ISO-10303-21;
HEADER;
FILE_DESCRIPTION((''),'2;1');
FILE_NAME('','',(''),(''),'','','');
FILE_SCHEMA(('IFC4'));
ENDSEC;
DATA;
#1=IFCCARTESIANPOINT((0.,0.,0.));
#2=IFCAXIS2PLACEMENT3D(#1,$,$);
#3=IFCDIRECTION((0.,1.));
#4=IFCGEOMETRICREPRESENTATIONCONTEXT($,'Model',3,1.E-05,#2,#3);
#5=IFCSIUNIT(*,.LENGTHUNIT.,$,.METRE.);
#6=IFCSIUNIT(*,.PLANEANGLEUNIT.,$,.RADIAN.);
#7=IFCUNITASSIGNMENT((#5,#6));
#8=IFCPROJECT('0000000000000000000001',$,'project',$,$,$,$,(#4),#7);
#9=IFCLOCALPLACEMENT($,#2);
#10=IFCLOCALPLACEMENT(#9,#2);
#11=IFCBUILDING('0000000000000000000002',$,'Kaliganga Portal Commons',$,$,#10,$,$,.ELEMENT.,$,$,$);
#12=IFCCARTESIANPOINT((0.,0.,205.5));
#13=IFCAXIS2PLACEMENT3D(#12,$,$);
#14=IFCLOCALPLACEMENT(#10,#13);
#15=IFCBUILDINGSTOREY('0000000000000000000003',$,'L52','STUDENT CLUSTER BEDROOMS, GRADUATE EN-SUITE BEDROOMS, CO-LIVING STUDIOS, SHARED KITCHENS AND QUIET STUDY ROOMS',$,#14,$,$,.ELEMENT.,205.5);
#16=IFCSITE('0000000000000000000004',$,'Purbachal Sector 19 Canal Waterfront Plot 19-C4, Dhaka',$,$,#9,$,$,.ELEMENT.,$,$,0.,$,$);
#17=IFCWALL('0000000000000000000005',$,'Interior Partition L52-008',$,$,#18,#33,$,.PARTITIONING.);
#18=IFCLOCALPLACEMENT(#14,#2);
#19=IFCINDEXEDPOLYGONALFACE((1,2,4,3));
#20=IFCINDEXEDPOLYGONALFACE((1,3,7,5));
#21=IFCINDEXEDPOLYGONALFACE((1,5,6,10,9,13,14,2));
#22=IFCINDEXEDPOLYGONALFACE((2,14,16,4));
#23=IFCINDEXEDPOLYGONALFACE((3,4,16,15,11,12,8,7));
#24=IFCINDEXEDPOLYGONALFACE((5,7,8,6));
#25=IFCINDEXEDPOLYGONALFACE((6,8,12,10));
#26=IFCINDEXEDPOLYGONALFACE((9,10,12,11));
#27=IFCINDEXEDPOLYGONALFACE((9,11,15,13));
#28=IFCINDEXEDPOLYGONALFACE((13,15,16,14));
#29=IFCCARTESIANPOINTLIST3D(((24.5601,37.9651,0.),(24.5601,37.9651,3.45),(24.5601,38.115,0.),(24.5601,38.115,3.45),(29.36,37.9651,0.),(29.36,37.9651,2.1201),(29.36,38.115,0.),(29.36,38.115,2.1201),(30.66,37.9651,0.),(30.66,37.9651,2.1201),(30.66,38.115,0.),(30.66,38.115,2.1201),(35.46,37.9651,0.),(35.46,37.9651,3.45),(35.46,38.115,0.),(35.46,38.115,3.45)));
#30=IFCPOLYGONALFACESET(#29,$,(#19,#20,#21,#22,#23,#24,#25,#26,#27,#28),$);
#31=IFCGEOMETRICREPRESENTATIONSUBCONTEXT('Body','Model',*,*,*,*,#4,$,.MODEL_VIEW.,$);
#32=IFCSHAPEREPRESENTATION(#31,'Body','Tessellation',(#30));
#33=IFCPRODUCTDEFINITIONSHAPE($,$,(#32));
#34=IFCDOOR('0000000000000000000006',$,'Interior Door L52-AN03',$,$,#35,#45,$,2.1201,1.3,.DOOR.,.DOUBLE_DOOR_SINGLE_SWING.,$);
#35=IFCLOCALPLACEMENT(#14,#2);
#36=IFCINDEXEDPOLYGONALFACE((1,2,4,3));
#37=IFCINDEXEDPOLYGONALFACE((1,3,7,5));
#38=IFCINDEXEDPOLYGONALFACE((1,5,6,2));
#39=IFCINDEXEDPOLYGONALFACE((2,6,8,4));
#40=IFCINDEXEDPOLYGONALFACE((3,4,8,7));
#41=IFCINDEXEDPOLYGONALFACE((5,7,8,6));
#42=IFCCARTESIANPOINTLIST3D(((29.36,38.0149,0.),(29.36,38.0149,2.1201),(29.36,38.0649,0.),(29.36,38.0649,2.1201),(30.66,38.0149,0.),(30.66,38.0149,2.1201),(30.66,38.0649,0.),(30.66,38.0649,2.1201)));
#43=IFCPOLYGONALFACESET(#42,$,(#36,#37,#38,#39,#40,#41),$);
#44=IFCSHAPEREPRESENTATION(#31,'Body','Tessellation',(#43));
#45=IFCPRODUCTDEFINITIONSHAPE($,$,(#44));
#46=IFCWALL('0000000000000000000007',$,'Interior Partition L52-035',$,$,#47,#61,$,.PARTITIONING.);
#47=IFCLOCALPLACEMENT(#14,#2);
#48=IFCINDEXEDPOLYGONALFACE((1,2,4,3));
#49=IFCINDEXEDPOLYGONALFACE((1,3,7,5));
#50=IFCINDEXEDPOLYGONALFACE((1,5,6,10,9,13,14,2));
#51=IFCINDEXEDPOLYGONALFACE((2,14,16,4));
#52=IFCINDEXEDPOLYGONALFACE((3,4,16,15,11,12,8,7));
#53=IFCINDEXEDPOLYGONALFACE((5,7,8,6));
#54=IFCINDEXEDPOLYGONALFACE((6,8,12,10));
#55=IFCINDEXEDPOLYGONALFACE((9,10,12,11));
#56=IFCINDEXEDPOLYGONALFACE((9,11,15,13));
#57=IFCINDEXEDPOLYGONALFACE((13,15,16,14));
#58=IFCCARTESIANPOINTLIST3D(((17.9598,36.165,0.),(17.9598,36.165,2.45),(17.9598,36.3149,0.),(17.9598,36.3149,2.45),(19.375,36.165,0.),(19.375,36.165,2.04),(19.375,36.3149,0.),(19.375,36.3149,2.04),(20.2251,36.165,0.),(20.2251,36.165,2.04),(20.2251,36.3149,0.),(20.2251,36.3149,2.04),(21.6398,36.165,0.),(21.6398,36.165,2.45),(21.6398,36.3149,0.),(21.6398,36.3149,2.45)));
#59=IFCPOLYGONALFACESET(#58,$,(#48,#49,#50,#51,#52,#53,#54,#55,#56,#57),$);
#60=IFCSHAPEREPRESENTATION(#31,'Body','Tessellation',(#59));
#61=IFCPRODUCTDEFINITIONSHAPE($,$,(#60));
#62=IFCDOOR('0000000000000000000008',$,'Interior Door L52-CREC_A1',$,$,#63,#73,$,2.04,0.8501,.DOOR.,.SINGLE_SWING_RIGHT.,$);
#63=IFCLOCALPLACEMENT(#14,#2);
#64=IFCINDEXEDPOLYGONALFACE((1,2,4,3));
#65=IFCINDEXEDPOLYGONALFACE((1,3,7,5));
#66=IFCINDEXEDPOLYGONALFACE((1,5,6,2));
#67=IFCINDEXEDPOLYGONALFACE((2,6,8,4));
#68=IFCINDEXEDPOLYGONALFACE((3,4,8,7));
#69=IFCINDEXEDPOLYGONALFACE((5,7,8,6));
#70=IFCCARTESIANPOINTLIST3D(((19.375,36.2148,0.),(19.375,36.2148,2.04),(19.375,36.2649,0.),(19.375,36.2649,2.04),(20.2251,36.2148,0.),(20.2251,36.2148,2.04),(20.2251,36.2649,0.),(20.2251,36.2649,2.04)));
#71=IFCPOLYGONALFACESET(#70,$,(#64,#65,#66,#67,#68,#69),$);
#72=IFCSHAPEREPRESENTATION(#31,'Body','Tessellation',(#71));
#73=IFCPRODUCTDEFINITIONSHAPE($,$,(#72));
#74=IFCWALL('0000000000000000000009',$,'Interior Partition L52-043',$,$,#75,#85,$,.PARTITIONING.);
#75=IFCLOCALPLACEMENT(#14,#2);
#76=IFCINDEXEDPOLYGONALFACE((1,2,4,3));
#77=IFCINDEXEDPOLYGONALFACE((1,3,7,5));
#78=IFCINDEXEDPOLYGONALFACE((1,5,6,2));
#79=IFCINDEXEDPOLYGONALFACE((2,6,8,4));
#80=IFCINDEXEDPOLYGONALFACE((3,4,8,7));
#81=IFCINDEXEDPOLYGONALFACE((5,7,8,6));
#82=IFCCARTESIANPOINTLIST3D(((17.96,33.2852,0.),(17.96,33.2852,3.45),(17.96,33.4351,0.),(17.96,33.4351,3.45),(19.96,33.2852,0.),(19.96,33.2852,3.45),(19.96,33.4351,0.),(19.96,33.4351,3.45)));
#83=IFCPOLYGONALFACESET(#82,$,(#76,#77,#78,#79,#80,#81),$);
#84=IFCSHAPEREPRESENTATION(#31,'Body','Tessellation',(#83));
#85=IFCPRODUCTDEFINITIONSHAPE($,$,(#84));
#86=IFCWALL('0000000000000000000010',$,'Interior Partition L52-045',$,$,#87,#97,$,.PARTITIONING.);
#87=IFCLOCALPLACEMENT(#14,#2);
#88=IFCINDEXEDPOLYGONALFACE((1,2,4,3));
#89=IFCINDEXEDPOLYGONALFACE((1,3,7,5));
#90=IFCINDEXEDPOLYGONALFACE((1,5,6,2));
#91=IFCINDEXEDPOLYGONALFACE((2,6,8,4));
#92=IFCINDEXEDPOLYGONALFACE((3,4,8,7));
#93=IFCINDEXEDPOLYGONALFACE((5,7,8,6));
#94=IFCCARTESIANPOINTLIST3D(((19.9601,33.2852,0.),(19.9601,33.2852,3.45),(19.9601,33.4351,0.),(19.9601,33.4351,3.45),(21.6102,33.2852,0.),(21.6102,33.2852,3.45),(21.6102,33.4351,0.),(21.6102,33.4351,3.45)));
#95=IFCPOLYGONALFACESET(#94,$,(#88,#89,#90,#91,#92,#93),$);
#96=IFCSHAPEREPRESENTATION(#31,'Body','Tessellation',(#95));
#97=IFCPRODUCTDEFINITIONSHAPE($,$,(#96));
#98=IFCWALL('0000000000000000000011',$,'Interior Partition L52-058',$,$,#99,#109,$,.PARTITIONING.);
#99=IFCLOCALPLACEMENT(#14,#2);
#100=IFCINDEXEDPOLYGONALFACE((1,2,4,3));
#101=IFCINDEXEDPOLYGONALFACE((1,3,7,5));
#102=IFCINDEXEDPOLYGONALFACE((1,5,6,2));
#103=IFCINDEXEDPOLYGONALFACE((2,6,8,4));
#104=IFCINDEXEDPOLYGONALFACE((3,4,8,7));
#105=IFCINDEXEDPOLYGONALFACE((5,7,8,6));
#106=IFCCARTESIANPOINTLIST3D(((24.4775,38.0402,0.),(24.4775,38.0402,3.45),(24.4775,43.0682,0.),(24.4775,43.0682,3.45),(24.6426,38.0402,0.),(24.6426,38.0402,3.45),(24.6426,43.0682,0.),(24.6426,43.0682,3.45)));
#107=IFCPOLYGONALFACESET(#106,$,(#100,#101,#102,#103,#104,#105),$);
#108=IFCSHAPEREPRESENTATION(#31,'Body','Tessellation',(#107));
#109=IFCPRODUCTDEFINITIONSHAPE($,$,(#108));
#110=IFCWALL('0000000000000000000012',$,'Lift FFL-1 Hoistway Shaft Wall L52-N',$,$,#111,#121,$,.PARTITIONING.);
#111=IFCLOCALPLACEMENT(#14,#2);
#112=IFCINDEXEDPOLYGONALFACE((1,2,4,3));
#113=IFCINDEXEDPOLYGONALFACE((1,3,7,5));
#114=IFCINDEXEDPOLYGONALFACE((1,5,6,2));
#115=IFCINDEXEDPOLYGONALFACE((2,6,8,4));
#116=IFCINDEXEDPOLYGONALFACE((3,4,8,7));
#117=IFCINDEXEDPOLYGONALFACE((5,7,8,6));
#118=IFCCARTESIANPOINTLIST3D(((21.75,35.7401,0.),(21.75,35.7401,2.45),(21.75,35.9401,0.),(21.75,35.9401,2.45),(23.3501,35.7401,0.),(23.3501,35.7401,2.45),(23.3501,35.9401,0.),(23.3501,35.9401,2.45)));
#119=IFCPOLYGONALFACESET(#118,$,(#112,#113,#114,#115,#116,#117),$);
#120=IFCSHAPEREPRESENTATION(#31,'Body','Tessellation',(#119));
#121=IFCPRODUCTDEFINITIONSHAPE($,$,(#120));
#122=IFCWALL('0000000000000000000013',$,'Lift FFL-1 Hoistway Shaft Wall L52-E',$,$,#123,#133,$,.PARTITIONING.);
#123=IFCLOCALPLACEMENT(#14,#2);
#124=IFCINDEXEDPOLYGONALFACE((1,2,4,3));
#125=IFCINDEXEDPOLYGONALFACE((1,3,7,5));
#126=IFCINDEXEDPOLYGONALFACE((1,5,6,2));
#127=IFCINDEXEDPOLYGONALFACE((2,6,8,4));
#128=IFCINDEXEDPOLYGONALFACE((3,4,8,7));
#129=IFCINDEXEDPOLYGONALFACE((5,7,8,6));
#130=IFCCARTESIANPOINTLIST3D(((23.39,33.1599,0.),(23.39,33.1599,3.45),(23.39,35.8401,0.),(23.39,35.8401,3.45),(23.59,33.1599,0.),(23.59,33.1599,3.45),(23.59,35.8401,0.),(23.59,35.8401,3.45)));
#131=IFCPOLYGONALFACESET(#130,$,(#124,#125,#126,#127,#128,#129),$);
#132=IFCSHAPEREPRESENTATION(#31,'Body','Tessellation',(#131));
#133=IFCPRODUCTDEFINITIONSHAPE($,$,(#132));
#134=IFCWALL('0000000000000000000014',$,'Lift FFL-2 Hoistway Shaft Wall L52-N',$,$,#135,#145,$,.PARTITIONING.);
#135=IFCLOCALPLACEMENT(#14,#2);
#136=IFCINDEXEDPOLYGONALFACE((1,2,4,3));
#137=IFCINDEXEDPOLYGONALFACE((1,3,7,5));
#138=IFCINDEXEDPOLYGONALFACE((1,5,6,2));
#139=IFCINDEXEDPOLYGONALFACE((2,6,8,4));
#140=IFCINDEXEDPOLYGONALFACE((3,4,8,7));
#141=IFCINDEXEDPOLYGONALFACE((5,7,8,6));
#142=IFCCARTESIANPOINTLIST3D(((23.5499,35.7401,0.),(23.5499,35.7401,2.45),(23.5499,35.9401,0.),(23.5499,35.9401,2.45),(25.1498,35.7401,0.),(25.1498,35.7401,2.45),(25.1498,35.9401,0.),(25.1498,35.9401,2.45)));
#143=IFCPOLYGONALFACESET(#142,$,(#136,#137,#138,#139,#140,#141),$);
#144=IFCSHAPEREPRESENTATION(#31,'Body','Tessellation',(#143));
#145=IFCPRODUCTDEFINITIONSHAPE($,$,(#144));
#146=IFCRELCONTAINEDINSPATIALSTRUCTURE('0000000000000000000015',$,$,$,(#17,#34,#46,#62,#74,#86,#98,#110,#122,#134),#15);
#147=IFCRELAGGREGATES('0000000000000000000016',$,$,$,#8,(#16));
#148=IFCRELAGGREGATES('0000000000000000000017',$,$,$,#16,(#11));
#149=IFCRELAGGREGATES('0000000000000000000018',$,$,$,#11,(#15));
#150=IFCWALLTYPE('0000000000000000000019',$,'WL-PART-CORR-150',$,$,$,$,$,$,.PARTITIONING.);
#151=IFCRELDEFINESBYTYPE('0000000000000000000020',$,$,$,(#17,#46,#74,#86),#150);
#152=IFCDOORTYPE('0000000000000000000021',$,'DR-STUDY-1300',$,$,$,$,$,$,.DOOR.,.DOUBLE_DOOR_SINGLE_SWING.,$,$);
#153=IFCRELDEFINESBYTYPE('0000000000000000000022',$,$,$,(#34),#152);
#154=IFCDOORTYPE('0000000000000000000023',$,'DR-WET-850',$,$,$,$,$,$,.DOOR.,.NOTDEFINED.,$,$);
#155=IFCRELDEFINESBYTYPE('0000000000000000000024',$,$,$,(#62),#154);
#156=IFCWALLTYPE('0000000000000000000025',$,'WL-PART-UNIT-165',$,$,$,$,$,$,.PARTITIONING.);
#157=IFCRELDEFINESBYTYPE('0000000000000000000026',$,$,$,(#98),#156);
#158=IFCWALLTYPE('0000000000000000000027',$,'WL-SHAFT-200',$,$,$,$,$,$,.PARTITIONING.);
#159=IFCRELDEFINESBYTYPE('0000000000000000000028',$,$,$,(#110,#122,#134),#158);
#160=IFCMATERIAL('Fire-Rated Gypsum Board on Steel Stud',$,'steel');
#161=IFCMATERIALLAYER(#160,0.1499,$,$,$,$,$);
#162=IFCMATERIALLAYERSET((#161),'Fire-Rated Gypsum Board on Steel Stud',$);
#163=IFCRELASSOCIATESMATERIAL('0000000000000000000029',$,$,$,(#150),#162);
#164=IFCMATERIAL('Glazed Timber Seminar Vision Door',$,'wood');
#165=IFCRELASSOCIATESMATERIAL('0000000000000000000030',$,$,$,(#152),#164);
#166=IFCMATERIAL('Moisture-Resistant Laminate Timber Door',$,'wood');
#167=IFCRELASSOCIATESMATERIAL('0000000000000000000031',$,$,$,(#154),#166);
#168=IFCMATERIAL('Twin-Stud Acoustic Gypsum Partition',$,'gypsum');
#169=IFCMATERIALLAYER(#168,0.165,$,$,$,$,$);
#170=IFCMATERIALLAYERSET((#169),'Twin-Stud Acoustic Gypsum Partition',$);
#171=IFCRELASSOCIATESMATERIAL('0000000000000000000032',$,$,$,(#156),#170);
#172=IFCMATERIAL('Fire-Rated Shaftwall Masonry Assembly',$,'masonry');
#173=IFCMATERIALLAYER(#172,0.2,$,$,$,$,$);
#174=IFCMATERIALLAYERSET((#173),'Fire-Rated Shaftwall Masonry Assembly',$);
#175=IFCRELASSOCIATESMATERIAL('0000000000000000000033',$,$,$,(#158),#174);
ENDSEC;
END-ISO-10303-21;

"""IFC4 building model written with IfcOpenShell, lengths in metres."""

from ifc_helpers import new_model, si_unit, direction, frame, frame_2d, origin, place, context, subcontext, project, spatial, rectangle, extrude, material, layer, layer_set, type_object, element, fill, save


model = new_model("IFC4")

# Units and contexts
model_context = context("Model", 3, precision=1e-05, world=origin(), true_north=direction((0.0, 1.0)))
body_context = subcontext(model_context, "Body", "Model", "MODEL_VIEW")
ifc_project = project(units=[si_unit("LENGTHUNIT", "METRE"), si_unit("PLANEANGLEUNIT", "RADIAN")], contexts=[model_context])

# Site, building, storey
site_placement = place(None, origin())
site = spatial("IfcSite", under=ifc_project, at=site_placement, Name="Purbachal Sector 19 Canal Waterfront Plot 19-C4, Dhaka", CompositionType="ELEMENT", RefElevation=0.0)
building_placement = place(site_placement, origin())
building = spatial("IfcBuilding", under=site, at=building_placement, Name="Kaliganga Portal Commons", CompositionType="ELEMENT")
storey_placement = place(building_placement, frame((0.0, 0.0, 205.5)))
storey = spatial("IfcBuildingStorey", under=building, at=storey_placement, Name="L52", Description="STUDENT CLUSTER BEDROOMS, GRADUATE EN-SUITE BEDROOMS, CO-LIVING STUDIOS, SHARED KITCHENS AND QUIET STUDY ROOMS", CompositionType="ELEMENT", Elevation=205.5)

# Walls, openings, doors
ifc_material_1 = material(Name="Fire-Rated Gypsum Board on Steel Stud", Category="steel")
ifc_layer_1 = layer(ifc_material_1, 0.1499)
ifc_layer_set_1 = layer_set([ifc_layer_1], Name="Fire-Rated Gypsum Board on Steel Stud")
wall_type_1 = type_object("IfcWallType", Name="WL-PART-CORR-150", PredefinedType="PARTITIONING", material=ifc_layer_set_1)
wall_1_placement = place(storey_placement, frame((24.5601, 38.04, 0.0), z_axis=(0.0, 0.0, 1.0), x_axis=(1.0, 0.0, 0.0)))
wall_1 = element("IfcWall", 1, at=wall_1_placement, inside=storey, type_object=wall_type_1, Name="Interior Partition L52-008", PredefinedType="PARTITIONING", context=body_context, shape_type="SweptSolid", body=[
    extrude(rectangle(XDim=10.8999, YDim=0.1499, at=frame_2d((5.45, 0.0))), origin(), (0.0, 0.0, 1.0), 3.45),
])
opening_1_placement = place(wall_1_placement, frame((4.8, 0.0, 0.0)))
opening_1 = element("IfcOpeningElement", 2, at=opening_1_placement, cuts=wall_1, PredefinedType="OPENING", context=body_context, shape_type="SweptSolid", body=[
    extrude(rectangle(XDim=1.3, YDim=2.1201, at=frame_2d((0.6499, 1.0601))), frame((0.0, 0.085, 0.0), z_axis=(0.0, -1.0, 0.0), x_axis=(1.0, 0.0, 0.0)), (0.0, 0.0, 1.0), 0.1699),
])
ifc_material_2 = material(Name="Glazed Timber Seminar Vision Door", Category="wood")
door_type_1 = type_object("IfcDoorType", Name="DR-STUDY-1300", OperationType="DOUBLE_DOOR_SINGLE_SWING", PredefinedType="DOOR", material=ifc_material_2)
door_1_placement = place(opening_1_placement, origin())
door_1 = element("IfcDoor", 3, at=door_1_placement, inside=storey, type_object=door_type_1, Name="Interior Door L52-AN03", OperationType="DOUBLE_DOOR_SINGLE_SWING", OverallHeight=2.1201, OverallWidth=1.3, PredefinedType="DOOR", context=body_context, shape_type="SweptSolid", body=[
    extrude(rectangle(XDim=1.3, YDim=2.1201, at=frame_2d((0.6499, 1.0601))), frame((0.0, 0.0249, 0.0), z_axis=(0.0, -1.0, 0.0), x_axis=(1.0, 0.0, 0.0)), (0.0, 0.0, 1.0), 0.05),
])
fill(opening_1, door_1)
wall_2_placement = place(storey_placement, frame((17.96, 36.24, 0.0), z_axis=(0.0, 0.0, 1.0), x_axis=(1.0, 0.0, 0.0)))
wall_2 = element("IfcWall", 4, at=wall_2_placement, inside=storey, type_object=wall_type_1, Name="Interior Partition L52-035", PredefinedType="PARTITIONING", context=body_context, shape_type="SweptSolid", body=[
    extrude(rectangle(XDim=3.6799, YDim=0.1499, at=frame_2d((1.8398, 0.0))), origin(), (0.0, 0.0, 1.0), 2.45),
])
opening_2_placement = place(wall_2_placement, frame((1.415, 0.0, 0.0)))
opening_2 = element("IfcOpeningElement", 5, at=opening_2_placement, cuts=wall_2, PredefinedType="OPENING", context=body_context, shape_type="SweptSolid", body=[
    extrude(rectangle(XDim=0.8501, YDim=2.04, at=frame_2d((0.425, 1.02))), frame((0.0, 0.085, 0.0), z_axis=(0.0, -1.0, 0.0), x_axis=(1.0, 0.0, 0.0)), (0.0, 0.0, 1.0), 0.1699),
])
ifc_material_3 = material(Name="Moisture-Resistant Laminate Timber Door", Category="wood")
door_type_2 = type_object("IfcDoorType", Name="DR-WET-850", OperationType="NOTDEFINED", PredefinedType="DOOR", material=ifc_material_3)
door_2_placement = place(opening_2_placement, origin())
door_2 = element("IfcDoor", 6, at=door_2_placement, inside=storey, type_object=door_type_2, Name="Interior Door L52-CREC_A1", OperationType="SINGLE_SWING_RIGHT", OverallHeight=2.04, OverallWidth=0.8501, PredefinedType="DOOR", context=body_context, shape_type="SweptSolid", body=[
    extrude(rectangle(XDim=0.8501, YDim=2.04, at=frame_2d((0.425, 1.02))), frame((0.0, 0.0249, 0.0), z_axis=(0.0, -1.0, 0.0), x_axis=(1.0, 0.0, 0.0)), (0.0, 0.0, 1.0), 0.05),
])
fill(opening_2, door_2)

# Walls
wall_3_placement = place(storey_placement, frame((17.96, 33.3601, 0.0), z_axis=(0.0, 0.0, 1.0), x_axis=(1.0, 0.0, 0.0)))
element("IfcWall", 7, at=wall_3_placement, inside=storey, type_object=wall_type_1, Name="Interior Partition L52-043", PredefinedType="PARTITIONING", context=body_context, shape_type="SweptSolid", body=[
    extrude(rectangle(XDim=2.0, YDim=0.1499, at=frame_2d((1.0, 0.0))), origin(), (0.0, 0.0, 1.0), 3.45),
])
wall_4_placement = place(storey_placement, frame((19.96, 33.3601, 0.0), z_axis=(0.0, 0.0, 1.0), x_axis=(1.0, 0.0, 0.0)))
element("IfcWall", 8, at=wall_4_placement, inside=storey, type_object=wall_type_1, Name="Interior Partition L52-045", PredefinedType="PARTITIONING", context=body_context, shape_type="SweptSolid", body=[
    extrude(rectangle(XDim=1.6501, YDim=0.1499, at=frame_2d((0.8252, 0.0))), origin(), (0.0, 0.0, 1.0), 3.45),
])
ifc_material_4 = material(Name="Twin-Stud Acoustic Gypsum Partition", Category="gypsum")
ifc_layer_2 = layer(ifc_material_4, 0.165)
ifc_layer_set_2 = layer_set([ifc_layer_2], Name="Twin-Stud Acoustic Gypsum Partition")
wall_type_2 = type_object("IfcWallType", Name="WL-PART-UNIT-165", PredefinedType="PARTITIONING", material=ifc_layer_set_2)
wall_5_placement = place(storey_placement, frame((24.5601, 38.04, 0.0), z_axis=(0.0, 0.0, 1.0), x_axis=(0.0, 1.0, 0.0)))
element("IfcWall", 9, at=wall_5_placement, inside=storey, type_object=wall_type_2, Name="Interior Partition L52-058", PredefinedType="PARTITIONING", context=body_context, shape_type="SweptSolid", body=[
    extrude(rectangle(XDim=5.0281, YDim=0.165, at=frame_2d((2.5142, 0.0))), origin(), (0.0, 0.0, 1.0), 3.45),
])

# Shared definitions
ifc_material_5 = material(Name="Fire-Rated Shaftwall Masonry Assembly", Category="masonry")
ifc_layer_3 = layer(ifc_material_5, 0.2)
ifc_layer_set_3 = layer_set([ifc_layer_3], Name="Fire-Rated Shaftwall Masonry Assembly")
wall_type_3 = type_object("IfcWallType", Name="WL-SHAFT-200", PredefinedType="PARTITIONING", material=ifc_layer_set_3)

# Walls
wall_6_placement = place(storey_placement, frame((21.75, 35.8401, 0.0), z_axis=(0.0, 0.0, 1.0), x_axis=(1.0, 0.0, 0.0)))
element("IfcWall", 10, at=wall_6_placement, inside=storey, type_object=wall_type_3, Name="Lift FFL-1 Hoistway Shaft Wall L52-N", PredefinedType="PARTITIONING", context=body_context, shape_type="SweptSolid", body=[
    extrude(rectangle(XDim=1.6001, YDim=0.2, at=frame_2d((0.8, 0.0))), origin(), (0.0, 0.0, 1.0), 2.45),
])
wall_7_placement = place(storey_placement, frame((23.49, 33.1599, 0.0), z_axis=(0.0, 0.0, 1.0), x_axis=(0.0, 1.0, 0.0)))
element("IfcWall", 11, at=wall_7_placement, inside=storey, type_object=wall_type_3, Name="Lift FFL-1 Hoistway Shaft Wall L52-E", PredefinedType="PARTITIONING", context=body_context, shape_type="SweptSolid", body=[
    extrude(rectangle(XDim=2.6802, YDim=0.2, at=frame_2d((1.3401, 0.0))), origin(), (0.0, 0.0, 1.0), 3.45),
])

# Wall
wall_8_placement = place(storey_placement, frame((23.55, 35.8401, 0.0), z_axis=(0.0, 0.0, 1.0), x_axis=(1.0, 0.0, 0.0)))
element("IfcWall", 12, at=wall_8_placement, inside=storey, type_object=wall_type_3, Name="Lift FFL-2 Hoistway Shaft Wall L52-N", PredefinedType="PARTITIONING", context=body_context, shape_type="SweptSolid", body=[
    extrude(rectangle(XDim=1.5999, YDim=0.2, at=frame_2d((0.7998, 0.0))), origin(), (0.0, 0.0, 1.0), 2.45),
])

save(model, "model.ifc")
